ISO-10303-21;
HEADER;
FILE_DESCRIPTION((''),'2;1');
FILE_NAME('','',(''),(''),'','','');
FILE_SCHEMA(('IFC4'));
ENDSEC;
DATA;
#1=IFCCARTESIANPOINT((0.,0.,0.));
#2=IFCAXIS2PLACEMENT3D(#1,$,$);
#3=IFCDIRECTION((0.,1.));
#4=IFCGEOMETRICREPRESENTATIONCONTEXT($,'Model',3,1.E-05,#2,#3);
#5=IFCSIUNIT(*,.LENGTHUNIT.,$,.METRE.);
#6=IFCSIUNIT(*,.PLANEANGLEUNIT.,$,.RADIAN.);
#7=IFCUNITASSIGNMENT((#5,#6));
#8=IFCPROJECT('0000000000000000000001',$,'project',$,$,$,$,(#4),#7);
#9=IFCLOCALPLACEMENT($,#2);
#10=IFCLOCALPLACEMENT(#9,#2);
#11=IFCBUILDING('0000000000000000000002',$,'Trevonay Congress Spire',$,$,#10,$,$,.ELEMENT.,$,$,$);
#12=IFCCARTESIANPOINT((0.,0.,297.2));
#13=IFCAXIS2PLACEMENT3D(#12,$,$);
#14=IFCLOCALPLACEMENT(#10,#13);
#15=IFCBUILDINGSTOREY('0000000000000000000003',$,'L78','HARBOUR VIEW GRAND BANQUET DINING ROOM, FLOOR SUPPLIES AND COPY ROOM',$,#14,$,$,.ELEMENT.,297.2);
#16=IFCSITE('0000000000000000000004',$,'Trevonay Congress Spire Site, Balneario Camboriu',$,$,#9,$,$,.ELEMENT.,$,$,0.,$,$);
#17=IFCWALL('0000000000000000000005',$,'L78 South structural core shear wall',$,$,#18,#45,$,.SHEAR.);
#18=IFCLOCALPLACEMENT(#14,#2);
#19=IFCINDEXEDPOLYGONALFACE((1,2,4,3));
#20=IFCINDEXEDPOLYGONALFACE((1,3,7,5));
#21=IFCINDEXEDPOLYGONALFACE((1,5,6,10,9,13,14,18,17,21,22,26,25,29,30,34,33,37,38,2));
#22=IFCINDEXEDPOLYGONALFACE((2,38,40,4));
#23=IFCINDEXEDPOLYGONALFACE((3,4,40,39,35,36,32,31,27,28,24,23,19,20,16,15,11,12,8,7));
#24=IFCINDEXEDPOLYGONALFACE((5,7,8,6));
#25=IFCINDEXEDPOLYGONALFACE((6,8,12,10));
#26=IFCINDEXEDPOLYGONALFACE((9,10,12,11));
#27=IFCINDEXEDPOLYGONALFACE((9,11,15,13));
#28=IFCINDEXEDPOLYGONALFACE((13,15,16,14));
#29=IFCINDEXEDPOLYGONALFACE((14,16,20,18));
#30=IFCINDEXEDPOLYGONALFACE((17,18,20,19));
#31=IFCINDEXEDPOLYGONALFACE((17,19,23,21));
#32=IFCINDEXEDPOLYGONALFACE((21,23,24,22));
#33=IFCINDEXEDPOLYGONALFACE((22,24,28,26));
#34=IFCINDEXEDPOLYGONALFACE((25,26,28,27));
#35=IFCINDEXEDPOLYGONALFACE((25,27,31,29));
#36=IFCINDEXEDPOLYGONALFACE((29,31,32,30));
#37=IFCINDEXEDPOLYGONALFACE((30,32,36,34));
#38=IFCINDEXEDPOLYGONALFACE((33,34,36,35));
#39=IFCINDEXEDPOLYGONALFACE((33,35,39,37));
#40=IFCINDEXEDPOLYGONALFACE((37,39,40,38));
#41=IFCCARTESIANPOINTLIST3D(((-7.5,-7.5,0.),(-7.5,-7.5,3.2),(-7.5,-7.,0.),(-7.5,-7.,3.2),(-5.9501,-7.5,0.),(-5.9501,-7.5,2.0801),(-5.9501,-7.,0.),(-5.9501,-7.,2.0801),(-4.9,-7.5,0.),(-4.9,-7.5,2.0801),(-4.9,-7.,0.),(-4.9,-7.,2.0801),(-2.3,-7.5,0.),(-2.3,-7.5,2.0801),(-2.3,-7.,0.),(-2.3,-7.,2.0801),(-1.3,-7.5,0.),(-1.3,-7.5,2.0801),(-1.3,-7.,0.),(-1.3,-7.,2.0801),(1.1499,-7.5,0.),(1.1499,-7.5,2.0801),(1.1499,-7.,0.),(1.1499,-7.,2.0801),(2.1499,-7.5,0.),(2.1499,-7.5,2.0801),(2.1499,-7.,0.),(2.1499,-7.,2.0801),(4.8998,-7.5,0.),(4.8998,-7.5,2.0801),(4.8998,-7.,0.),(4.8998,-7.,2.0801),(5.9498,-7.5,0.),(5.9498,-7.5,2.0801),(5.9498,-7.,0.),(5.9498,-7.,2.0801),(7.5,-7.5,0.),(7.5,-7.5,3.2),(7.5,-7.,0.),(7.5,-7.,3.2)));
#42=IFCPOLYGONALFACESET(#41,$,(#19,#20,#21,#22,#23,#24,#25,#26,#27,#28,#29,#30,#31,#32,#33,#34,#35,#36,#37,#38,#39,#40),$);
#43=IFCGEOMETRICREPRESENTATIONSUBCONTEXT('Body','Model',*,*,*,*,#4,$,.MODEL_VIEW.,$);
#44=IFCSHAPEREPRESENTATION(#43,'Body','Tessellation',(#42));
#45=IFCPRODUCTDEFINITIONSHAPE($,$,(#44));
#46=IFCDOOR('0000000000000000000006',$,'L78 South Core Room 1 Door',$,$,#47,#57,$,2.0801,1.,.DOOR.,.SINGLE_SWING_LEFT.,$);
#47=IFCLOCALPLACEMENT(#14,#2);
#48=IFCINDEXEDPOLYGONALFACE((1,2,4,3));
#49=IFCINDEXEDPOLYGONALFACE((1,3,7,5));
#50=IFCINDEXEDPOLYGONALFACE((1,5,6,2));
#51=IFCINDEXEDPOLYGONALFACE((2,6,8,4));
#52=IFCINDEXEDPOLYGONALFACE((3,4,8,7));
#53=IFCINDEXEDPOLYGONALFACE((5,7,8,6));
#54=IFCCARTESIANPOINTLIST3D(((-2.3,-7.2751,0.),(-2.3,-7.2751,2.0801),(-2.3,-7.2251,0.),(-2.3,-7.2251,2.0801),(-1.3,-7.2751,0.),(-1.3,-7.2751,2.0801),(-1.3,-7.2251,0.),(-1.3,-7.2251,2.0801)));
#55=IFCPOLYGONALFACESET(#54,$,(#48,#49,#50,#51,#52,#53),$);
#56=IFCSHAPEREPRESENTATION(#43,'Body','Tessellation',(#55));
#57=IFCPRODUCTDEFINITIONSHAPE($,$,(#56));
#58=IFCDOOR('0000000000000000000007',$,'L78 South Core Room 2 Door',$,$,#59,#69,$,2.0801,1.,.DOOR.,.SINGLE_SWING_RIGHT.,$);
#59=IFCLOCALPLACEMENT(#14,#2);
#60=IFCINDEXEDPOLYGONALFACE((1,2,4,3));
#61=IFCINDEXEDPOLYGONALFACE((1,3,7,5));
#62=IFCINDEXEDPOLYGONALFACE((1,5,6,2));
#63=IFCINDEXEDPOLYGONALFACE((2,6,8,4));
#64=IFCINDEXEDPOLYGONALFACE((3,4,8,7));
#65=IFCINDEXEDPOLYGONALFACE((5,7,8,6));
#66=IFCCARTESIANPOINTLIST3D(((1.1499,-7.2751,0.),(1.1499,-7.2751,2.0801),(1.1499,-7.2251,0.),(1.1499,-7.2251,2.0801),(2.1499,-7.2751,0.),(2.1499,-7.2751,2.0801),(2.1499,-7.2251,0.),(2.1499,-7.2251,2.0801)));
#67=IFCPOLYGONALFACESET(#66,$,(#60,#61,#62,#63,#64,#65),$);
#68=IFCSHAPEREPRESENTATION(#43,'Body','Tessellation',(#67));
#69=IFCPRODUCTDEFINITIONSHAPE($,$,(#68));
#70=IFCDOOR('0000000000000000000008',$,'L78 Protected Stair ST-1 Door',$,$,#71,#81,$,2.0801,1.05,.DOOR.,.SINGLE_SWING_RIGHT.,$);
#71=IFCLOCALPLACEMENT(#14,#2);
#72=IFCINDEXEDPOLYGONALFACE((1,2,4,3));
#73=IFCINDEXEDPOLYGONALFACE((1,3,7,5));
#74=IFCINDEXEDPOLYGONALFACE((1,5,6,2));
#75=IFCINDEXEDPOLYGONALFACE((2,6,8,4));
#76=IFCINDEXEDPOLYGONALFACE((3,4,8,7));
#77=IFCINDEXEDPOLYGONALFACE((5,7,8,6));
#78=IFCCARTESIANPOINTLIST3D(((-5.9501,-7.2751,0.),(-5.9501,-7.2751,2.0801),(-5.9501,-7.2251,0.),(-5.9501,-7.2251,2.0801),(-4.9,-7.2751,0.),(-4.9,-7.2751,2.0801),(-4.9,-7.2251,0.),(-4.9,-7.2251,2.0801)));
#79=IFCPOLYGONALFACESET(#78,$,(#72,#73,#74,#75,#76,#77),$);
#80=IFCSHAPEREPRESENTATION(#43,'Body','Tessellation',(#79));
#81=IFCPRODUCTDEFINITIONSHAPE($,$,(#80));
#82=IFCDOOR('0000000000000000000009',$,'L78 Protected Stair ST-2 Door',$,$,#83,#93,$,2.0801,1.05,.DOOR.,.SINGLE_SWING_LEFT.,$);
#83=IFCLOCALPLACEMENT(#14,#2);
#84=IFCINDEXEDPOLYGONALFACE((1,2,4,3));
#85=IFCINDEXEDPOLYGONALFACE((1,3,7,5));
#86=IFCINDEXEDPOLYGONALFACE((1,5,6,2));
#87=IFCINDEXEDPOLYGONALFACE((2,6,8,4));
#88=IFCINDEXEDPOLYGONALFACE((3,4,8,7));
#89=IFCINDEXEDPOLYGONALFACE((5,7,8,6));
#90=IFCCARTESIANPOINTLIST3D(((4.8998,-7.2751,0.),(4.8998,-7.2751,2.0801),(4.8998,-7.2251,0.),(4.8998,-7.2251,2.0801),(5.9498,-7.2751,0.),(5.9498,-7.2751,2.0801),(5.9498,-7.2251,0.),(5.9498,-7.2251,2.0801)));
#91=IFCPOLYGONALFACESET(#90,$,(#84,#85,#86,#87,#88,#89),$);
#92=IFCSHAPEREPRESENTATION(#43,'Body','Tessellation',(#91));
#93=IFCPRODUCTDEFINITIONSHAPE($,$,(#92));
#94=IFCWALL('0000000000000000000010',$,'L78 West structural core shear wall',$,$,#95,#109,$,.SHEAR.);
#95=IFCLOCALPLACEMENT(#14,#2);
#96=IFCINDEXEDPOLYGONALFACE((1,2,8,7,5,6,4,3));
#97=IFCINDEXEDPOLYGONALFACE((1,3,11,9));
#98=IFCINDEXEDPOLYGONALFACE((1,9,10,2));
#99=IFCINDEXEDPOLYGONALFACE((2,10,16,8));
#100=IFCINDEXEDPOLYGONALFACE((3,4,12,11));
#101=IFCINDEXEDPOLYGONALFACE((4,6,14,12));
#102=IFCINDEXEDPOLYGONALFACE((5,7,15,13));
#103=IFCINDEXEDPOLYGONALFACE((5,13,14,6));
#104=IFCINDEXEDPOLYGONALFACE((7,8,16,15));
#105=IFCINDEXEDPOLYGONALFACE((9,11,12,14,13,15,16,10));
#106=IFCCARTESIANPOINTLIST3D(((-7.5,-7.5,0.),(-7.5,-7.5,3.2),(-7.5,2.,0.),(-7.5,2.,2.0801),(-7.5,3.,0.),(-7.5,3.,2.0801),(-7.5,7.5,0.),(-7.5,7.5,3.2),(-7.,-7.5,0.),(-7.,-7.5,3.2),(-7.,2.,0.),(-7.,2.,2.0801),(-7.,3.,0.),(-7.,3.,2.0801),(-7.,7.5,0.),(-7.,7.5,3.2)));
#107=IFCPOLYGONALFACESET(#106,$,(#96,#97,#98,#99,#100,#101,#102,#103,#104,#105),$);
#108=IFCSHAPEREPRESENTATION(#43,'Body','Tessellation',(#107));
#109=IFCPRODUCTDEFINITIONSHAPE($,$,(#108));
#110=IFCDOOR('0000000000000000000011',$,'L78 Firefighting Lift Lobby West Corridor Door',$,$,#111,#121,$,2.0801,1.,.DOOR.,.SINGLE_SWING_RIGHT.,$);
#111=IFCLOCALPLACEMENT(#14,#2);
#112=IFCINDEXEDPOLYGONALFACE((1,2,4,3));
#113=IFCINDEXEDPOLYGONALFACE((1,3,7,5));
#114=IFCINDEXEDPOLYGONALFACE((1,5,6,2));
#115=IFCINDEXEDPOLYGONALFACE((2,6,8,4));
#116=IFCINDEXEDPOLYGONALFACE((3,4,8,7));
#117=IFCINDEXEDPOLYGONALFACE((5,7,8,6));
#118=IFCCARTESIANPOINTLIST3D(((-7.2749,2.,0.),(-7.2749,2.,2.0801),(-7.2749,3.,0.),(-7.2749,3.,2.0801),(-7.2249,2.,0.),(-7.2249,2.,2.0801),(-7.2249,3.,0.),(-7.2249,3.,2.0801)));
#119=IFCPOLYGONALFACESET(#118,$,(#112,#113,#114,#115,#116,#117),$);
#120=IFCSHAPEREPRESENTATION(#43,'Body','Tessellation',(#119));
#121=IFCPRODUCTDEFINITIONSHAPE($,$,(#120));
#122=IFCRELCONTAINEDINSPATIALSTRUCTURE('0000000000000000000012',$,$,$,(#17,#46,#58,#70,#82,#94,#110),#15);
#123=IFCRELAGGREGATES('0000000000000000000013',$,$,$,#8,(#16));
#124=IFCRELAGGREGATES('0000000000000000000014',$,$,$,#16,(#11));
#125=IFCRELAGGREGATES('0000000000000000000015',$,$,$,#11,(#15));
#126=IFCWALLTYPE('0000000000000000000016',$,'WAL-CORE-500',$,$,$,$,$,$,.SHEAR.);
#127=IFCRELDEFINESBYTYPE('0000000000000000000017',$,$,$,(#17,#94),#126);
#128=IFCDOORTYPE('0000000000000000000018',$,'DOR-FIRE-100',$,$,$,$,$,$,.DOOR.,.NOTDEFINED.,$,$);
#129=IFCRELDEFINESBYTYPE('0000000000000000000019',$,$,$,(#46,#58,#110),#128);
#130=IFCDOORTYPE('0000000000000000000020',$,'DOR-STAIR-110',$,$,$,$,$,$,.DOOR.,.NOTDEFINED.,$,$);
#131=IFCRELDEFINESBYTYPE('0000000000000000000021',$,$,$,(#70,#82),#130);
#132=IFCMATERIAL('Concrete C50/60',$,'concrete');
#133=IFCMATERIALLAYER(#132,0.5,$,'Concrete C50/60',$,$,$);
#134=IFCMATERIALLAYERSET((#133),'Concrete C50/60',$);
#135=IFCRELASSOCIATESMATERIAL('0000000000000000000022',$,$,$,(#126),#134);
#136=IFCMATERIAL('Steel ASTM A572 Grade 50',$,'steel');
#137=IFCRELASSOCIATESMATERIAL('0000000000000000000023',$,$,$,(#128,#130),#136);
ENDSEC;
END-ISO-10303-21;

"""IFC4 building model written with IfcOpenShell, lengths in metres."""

from ifc_helpers import new_model, si_unit, direction, frame, frame_2d, origin, place, context, subcontext, project, spatial, rectangle, extrude, material, layer, layer_set, type_object, element, fill, save


model = new_model("IFC4")

# Units and contexts
model_context = context("Model", 3, precision=1e-05, world=origin(), true_north=direction((0.0, 1.0)))
body_context = subcontext(model_context, "Body", "Model", "MODEL_VIEW")
ifc_project = project(units=[si_unit("LENGTHUNIT", "METRE"), si_unit("PLANEANGLEUNIT", "RADIAN")], contexts=[model_context])

# Site, building, storey
site_placement = place(None, origin())
site = spatial("IfcSite", under=ifc_project, at=site_placement, Name="Trevonay Congress Spire Site, Balneario Camboriu", CompositionType="ELEMENT", RefElevation=0.0)
building_placement = place(site_placement, origin())
building = spatial("IfcBuilding", under=site, at=building_placement, Name="Trevonay Congress Spire", CompositionType="ELEMENT")
storey_placement = place(building_placement, frame((0.0, 0.0, 297.2)))
storey = spatial("IfcBuildingStorey", under=building, at=storey_placement, Name="L78", Description="HARBOUR VIEW GRAND BANQUET DINING ROOM, FLOOR SUPPLIES AND COPY ROOM", CompositionType="ELEMENT", Elevation=297.2)

# Shared definitions
ifc_material_1 = material(Name="Steel ASTM A572 Grade 50", Category="steel")

# Wall, openings, doors
ifc_material_2 = material(Name="Concrete C50/60", Category="concrete")
ifc_layer_1 = layer(ifc_material_2, 0.5, Name="Concrete C50/60")
ifc_layer_set_1 = layer_set([ifc_layer_1], Name="Concrete C50/60")
wall_type_1 = type_object("IfcWallType", Name="WAL-CORE-500", PredefinedType="SHEAR", material=ifc_layer_set_1)
wall_1_placement = place(storey_placement, frame((-7.5, -7.25, 0.0), z_axis=(0.0, 0.0, 1.0), x_axis=(1.0, 0.0, 0.0)))
wall_1 = element("IfcWall", 1, at=wall_1_placement, inside=storey, type_object=wall_type_1, Name="L78 South structural core shear wall", PredefinedType="SHEAR", context=body_context, shape_type="SweptSolid", body=[
    extrude(rectangle(XDim=15.0, YDim=0.5, at=frame_2d((7.5, 0.0))), origin(), (0.0, 0.0, 1.0), 3.2),
])
opening_1_placement = place(wall_1_placement, frame((1.55, 0.0, 0.0)))
opening_1 = element("IfcOpeningElement", 2, at=opening_1_placement, cuts=wall_1, PredefinedType="OPENING", context=body_context, shape_type="SweptSolid", body=[
    extrude(rectangle(XDim=1.05, YDim=2.0801, at=frame_2d((0.5249, 1.04))), frame((0.0, 0.26, 0.0), z_axis=(0.0, -1.0, 0.0), x_axis=(1.0, 0.0, 0.0)), (0.0, 0.0, 1.0), 0.52),
])
opening_2_placement = place(wall_1_placement, frame((12.3999, 0.0, 0.0)))
opening_2 = element("IfcOpeningElement", 3, at=opening_2_placement, cuts=wall_1, PredefinedType="OPENING", context=body_context, shape_type="SweptSolid", body=[
    extrude(rectangle(XDim=1.05, YDim=2.0801, at=frame_2d((0.5249, 1.04))), frame((0.0, 0.26, 0.0), z_axis=(0.0, -1.0, 0.0), x_axis=(1.0, 0.0, 0.0)), (0.0, 0.0, 1.0), 0.52),
])
opening_3_placement = place(wall_1_placement, frame((5.2, 0.0, 0.0)))
opening_3 = element("IfcOpeningElement", 4, at=opening_3_placement, cuts=wall_1, PredefinedType="OPENING", context=body_context, shape_type="SweptSolid", body=[
    extrude(rectangle(XDim=1.0, YDim=2.0801, at=frame_2d((0.5, 1.04))), frame((0.0, 0.26, 0.0), z_axis=(0.0, -1.0, 0.0), x_axis=(1.0, 0.0, 0.0)), (0.0, 0.0, 1.0), 0.52),
])
opening_4_placement = place(wall_1_placement, frame((8.6499, 0.0, 0.0)))
opening_4 = element("IfcOpeningElement", 5, at=opening_4_placement, cuts=wall_1, PredefinedType="OPENING", context=body_context, shape_type="SweptSolid", body=[
    extrude(rectangle(XDim=1.0, YDim=2.0801, at=frame_2d((0.5, 1.04))), frame((0.0, 0.26, 0.0), z_axis=(0.0, -1.0, 0.0), x_axis=(1.0, 0.0, 0.0)), (0.0, 0.0, 1.0), 0.52),
])
door_type_1 = type_object("IfcDoorType", Name="DOR-FIRE-100", OperationType="NOTDEFINED", PredefinedType="DOOR", material=ifc_material_1)
door_1_placement = place(opening_3_placement, origin())
door_1 = element("IfcDoor", 6, at=door_1_placement, inside=storey, type_object=door_type_1, Name="L78 South Core Room 1 Door", OperationType="SINGLE_SWING_LEFT", OverallHeight=2.0801, OverallWidth=1.0, PredefinedType="DOOR", context=body_context, shape_type="SweptSolid", body=[
    extrude(rectangle(XDim=1.0, YDim=2.0801, at=frame_2d((0.5, 1.04))), frame((0.0, 0.0249, 0.0), z_axis=(0.0, -1.0, 0.0), x_axis=(1.0, 0.0, 0.0)), (0.0, 0.0, 1.0), 0.05),
])
fill(opening_3, door_1)
door_2_placement = place(opening_4_placement, origin())
door_2 = element("IfcDoor", 7, at=door_2_placement, inside=storey, type_object=door_type_1, Name="L78 South Core Room 2 Door", OperationType="SINGLE_SWING_RIGHT", OverallHeight=2.0801, OverallWidth=1.0, PredefinedType="DOOR", context=body_context, shape_type="SweptSolid", body=[
    extrude(rectangle(XDim=1.0, YDim=2.0801, at=frame_2d((0.5, 1.04))), frame((0.0, 0.0249, 0.0), z_axis=(0.0, -1.0, 0.0), x_axis=(1.0, 0.0, 0.0)), (0.0, 0.0, 1.0), 0.05),
])
fill(opening_4, door_2)
door_type_2 = type_object("IfcDoorType", Name="DOR-STAIR-110", OperationType="NOTDEFINED", PredefinedType="DOOR", material=ifc_material_1)
door_3_placement = place(opening_1_placement, origin())
door_3 = element("IfcDoor", 8, at=door_3_placement, inside=storey, type_object=door_type_2, Name="L78 Protected Stair ST-1 Door", OperationType="SINGLE_SWING_RIGHT", OverallHeight=2.0801, OverallWidth=1.05, PredefinedType="DOOR", context=body_context, shape_type="SweptSolid", body=[
    extrude(rectangle(XDim=1.05, YDim=2.0801, at=frame_2d((0.5249, 1.04))), frame((0.0, 0.0249, 0.0), z_axis=(0.0, -1.0, 0.0), x_axis=(1.0, 0.0, 0.0)), (0.0, 0.0, 1.0), 0.05),
])
fill(opening_1, door_3)
door_4_placement = place(opening_2_placement, origin())
door_4 = element("IfcDoor", 9, at=door_4_placement, inside=storey, type_object=door_type_2, Name="L78 Protected Stair ST-2 Door", OperationType="SINGLE_SWING_LEFT", OverallHeight=2.0801, OverallWidth=1.05, PredefinedType="DOOR", context=body_context, shape_type="SweptSolid", body=[
    extrude(rectangle(XDim=1.05, YDim=2.0801, at=frame_2d((0.5249, 1.04))), frame((0.0, 0.0249, 0.0), z_axis=(0.0, -1.0, 0.0), x_axis=(1.0, 0.0, 0.0)), (0.0, 0.0, 1.0), 0.05),
])
fill(opening_2, door_4)

# Wall, opening, door
wall_2_placement = place(storey_placement, frame((-7.25, -7.5, 0.0), z_axis=(0.0, 0.0, 1.0), x_axis=(0.0, 1.0, 0.0)))
wall_2 = element("IfcWall", 10, at=wall_2_placement, inside=storey, type_object=wall_type_1, Name="L78 West structural core shear wall", PredefinedType="SHEAR", context=body_context, shape_type="SweptSolid", body=[
    extrude(rectangle(XDim=15.0, YDim=0.5, at=frame_2d((7.5, 0.0))), origin(), (0.0, 0.0, 1.0), 3.2),
])
opening_5_placement = place(wall_2_placement, frame((9.5, 0.0, 0.0)))
opening_5 = element("IfcOpeningElement", 11, at=opening_5_placement, cuts=wall_2, PredefinedType="OPENING", context=body_context, shape_type="SweptSolid", body=[
    extrude(rectangle(XDim=1.0, YDim=2.0801, at=frame_2d((0.5, 1.04))), frame((0.0, 0.26, 0.0), z_axis=(0.0, -1.0, 0.0), x_axis=(1.0, 0.0, 0.0)), (0.0, 0.0, 1.0), 0.52),
])
door_5_placement = place(opening_5_placement, origin())
door_5 = element("IfcDoor", 12, at=door_5_placement, inside=storey, type_object=door_type_1, Name="L78 Firefighting Lift Lobby West Corridor Door", OperationType="SINGLE_SWING_RIGHT", OverallHeight=2.0801, OverallWidth=1.0, PredefinedType="DOOR", context=body_context, shape_type="SweptSolid", body=[
    extrude(rectangle(XDim=1.0, YDim=2.0801, at=frame_2d((0.5, 1.04))), frame((0.0, 0.0249, 0.0), z_axis=(0.0, -1.0, 0.0), x_axis=(1.0, 0.0, 0.0)), (0.0, 0.0, 1.0), 0.05),
])
fill(opening_5, door_5)

save(model, "model.ifc")
